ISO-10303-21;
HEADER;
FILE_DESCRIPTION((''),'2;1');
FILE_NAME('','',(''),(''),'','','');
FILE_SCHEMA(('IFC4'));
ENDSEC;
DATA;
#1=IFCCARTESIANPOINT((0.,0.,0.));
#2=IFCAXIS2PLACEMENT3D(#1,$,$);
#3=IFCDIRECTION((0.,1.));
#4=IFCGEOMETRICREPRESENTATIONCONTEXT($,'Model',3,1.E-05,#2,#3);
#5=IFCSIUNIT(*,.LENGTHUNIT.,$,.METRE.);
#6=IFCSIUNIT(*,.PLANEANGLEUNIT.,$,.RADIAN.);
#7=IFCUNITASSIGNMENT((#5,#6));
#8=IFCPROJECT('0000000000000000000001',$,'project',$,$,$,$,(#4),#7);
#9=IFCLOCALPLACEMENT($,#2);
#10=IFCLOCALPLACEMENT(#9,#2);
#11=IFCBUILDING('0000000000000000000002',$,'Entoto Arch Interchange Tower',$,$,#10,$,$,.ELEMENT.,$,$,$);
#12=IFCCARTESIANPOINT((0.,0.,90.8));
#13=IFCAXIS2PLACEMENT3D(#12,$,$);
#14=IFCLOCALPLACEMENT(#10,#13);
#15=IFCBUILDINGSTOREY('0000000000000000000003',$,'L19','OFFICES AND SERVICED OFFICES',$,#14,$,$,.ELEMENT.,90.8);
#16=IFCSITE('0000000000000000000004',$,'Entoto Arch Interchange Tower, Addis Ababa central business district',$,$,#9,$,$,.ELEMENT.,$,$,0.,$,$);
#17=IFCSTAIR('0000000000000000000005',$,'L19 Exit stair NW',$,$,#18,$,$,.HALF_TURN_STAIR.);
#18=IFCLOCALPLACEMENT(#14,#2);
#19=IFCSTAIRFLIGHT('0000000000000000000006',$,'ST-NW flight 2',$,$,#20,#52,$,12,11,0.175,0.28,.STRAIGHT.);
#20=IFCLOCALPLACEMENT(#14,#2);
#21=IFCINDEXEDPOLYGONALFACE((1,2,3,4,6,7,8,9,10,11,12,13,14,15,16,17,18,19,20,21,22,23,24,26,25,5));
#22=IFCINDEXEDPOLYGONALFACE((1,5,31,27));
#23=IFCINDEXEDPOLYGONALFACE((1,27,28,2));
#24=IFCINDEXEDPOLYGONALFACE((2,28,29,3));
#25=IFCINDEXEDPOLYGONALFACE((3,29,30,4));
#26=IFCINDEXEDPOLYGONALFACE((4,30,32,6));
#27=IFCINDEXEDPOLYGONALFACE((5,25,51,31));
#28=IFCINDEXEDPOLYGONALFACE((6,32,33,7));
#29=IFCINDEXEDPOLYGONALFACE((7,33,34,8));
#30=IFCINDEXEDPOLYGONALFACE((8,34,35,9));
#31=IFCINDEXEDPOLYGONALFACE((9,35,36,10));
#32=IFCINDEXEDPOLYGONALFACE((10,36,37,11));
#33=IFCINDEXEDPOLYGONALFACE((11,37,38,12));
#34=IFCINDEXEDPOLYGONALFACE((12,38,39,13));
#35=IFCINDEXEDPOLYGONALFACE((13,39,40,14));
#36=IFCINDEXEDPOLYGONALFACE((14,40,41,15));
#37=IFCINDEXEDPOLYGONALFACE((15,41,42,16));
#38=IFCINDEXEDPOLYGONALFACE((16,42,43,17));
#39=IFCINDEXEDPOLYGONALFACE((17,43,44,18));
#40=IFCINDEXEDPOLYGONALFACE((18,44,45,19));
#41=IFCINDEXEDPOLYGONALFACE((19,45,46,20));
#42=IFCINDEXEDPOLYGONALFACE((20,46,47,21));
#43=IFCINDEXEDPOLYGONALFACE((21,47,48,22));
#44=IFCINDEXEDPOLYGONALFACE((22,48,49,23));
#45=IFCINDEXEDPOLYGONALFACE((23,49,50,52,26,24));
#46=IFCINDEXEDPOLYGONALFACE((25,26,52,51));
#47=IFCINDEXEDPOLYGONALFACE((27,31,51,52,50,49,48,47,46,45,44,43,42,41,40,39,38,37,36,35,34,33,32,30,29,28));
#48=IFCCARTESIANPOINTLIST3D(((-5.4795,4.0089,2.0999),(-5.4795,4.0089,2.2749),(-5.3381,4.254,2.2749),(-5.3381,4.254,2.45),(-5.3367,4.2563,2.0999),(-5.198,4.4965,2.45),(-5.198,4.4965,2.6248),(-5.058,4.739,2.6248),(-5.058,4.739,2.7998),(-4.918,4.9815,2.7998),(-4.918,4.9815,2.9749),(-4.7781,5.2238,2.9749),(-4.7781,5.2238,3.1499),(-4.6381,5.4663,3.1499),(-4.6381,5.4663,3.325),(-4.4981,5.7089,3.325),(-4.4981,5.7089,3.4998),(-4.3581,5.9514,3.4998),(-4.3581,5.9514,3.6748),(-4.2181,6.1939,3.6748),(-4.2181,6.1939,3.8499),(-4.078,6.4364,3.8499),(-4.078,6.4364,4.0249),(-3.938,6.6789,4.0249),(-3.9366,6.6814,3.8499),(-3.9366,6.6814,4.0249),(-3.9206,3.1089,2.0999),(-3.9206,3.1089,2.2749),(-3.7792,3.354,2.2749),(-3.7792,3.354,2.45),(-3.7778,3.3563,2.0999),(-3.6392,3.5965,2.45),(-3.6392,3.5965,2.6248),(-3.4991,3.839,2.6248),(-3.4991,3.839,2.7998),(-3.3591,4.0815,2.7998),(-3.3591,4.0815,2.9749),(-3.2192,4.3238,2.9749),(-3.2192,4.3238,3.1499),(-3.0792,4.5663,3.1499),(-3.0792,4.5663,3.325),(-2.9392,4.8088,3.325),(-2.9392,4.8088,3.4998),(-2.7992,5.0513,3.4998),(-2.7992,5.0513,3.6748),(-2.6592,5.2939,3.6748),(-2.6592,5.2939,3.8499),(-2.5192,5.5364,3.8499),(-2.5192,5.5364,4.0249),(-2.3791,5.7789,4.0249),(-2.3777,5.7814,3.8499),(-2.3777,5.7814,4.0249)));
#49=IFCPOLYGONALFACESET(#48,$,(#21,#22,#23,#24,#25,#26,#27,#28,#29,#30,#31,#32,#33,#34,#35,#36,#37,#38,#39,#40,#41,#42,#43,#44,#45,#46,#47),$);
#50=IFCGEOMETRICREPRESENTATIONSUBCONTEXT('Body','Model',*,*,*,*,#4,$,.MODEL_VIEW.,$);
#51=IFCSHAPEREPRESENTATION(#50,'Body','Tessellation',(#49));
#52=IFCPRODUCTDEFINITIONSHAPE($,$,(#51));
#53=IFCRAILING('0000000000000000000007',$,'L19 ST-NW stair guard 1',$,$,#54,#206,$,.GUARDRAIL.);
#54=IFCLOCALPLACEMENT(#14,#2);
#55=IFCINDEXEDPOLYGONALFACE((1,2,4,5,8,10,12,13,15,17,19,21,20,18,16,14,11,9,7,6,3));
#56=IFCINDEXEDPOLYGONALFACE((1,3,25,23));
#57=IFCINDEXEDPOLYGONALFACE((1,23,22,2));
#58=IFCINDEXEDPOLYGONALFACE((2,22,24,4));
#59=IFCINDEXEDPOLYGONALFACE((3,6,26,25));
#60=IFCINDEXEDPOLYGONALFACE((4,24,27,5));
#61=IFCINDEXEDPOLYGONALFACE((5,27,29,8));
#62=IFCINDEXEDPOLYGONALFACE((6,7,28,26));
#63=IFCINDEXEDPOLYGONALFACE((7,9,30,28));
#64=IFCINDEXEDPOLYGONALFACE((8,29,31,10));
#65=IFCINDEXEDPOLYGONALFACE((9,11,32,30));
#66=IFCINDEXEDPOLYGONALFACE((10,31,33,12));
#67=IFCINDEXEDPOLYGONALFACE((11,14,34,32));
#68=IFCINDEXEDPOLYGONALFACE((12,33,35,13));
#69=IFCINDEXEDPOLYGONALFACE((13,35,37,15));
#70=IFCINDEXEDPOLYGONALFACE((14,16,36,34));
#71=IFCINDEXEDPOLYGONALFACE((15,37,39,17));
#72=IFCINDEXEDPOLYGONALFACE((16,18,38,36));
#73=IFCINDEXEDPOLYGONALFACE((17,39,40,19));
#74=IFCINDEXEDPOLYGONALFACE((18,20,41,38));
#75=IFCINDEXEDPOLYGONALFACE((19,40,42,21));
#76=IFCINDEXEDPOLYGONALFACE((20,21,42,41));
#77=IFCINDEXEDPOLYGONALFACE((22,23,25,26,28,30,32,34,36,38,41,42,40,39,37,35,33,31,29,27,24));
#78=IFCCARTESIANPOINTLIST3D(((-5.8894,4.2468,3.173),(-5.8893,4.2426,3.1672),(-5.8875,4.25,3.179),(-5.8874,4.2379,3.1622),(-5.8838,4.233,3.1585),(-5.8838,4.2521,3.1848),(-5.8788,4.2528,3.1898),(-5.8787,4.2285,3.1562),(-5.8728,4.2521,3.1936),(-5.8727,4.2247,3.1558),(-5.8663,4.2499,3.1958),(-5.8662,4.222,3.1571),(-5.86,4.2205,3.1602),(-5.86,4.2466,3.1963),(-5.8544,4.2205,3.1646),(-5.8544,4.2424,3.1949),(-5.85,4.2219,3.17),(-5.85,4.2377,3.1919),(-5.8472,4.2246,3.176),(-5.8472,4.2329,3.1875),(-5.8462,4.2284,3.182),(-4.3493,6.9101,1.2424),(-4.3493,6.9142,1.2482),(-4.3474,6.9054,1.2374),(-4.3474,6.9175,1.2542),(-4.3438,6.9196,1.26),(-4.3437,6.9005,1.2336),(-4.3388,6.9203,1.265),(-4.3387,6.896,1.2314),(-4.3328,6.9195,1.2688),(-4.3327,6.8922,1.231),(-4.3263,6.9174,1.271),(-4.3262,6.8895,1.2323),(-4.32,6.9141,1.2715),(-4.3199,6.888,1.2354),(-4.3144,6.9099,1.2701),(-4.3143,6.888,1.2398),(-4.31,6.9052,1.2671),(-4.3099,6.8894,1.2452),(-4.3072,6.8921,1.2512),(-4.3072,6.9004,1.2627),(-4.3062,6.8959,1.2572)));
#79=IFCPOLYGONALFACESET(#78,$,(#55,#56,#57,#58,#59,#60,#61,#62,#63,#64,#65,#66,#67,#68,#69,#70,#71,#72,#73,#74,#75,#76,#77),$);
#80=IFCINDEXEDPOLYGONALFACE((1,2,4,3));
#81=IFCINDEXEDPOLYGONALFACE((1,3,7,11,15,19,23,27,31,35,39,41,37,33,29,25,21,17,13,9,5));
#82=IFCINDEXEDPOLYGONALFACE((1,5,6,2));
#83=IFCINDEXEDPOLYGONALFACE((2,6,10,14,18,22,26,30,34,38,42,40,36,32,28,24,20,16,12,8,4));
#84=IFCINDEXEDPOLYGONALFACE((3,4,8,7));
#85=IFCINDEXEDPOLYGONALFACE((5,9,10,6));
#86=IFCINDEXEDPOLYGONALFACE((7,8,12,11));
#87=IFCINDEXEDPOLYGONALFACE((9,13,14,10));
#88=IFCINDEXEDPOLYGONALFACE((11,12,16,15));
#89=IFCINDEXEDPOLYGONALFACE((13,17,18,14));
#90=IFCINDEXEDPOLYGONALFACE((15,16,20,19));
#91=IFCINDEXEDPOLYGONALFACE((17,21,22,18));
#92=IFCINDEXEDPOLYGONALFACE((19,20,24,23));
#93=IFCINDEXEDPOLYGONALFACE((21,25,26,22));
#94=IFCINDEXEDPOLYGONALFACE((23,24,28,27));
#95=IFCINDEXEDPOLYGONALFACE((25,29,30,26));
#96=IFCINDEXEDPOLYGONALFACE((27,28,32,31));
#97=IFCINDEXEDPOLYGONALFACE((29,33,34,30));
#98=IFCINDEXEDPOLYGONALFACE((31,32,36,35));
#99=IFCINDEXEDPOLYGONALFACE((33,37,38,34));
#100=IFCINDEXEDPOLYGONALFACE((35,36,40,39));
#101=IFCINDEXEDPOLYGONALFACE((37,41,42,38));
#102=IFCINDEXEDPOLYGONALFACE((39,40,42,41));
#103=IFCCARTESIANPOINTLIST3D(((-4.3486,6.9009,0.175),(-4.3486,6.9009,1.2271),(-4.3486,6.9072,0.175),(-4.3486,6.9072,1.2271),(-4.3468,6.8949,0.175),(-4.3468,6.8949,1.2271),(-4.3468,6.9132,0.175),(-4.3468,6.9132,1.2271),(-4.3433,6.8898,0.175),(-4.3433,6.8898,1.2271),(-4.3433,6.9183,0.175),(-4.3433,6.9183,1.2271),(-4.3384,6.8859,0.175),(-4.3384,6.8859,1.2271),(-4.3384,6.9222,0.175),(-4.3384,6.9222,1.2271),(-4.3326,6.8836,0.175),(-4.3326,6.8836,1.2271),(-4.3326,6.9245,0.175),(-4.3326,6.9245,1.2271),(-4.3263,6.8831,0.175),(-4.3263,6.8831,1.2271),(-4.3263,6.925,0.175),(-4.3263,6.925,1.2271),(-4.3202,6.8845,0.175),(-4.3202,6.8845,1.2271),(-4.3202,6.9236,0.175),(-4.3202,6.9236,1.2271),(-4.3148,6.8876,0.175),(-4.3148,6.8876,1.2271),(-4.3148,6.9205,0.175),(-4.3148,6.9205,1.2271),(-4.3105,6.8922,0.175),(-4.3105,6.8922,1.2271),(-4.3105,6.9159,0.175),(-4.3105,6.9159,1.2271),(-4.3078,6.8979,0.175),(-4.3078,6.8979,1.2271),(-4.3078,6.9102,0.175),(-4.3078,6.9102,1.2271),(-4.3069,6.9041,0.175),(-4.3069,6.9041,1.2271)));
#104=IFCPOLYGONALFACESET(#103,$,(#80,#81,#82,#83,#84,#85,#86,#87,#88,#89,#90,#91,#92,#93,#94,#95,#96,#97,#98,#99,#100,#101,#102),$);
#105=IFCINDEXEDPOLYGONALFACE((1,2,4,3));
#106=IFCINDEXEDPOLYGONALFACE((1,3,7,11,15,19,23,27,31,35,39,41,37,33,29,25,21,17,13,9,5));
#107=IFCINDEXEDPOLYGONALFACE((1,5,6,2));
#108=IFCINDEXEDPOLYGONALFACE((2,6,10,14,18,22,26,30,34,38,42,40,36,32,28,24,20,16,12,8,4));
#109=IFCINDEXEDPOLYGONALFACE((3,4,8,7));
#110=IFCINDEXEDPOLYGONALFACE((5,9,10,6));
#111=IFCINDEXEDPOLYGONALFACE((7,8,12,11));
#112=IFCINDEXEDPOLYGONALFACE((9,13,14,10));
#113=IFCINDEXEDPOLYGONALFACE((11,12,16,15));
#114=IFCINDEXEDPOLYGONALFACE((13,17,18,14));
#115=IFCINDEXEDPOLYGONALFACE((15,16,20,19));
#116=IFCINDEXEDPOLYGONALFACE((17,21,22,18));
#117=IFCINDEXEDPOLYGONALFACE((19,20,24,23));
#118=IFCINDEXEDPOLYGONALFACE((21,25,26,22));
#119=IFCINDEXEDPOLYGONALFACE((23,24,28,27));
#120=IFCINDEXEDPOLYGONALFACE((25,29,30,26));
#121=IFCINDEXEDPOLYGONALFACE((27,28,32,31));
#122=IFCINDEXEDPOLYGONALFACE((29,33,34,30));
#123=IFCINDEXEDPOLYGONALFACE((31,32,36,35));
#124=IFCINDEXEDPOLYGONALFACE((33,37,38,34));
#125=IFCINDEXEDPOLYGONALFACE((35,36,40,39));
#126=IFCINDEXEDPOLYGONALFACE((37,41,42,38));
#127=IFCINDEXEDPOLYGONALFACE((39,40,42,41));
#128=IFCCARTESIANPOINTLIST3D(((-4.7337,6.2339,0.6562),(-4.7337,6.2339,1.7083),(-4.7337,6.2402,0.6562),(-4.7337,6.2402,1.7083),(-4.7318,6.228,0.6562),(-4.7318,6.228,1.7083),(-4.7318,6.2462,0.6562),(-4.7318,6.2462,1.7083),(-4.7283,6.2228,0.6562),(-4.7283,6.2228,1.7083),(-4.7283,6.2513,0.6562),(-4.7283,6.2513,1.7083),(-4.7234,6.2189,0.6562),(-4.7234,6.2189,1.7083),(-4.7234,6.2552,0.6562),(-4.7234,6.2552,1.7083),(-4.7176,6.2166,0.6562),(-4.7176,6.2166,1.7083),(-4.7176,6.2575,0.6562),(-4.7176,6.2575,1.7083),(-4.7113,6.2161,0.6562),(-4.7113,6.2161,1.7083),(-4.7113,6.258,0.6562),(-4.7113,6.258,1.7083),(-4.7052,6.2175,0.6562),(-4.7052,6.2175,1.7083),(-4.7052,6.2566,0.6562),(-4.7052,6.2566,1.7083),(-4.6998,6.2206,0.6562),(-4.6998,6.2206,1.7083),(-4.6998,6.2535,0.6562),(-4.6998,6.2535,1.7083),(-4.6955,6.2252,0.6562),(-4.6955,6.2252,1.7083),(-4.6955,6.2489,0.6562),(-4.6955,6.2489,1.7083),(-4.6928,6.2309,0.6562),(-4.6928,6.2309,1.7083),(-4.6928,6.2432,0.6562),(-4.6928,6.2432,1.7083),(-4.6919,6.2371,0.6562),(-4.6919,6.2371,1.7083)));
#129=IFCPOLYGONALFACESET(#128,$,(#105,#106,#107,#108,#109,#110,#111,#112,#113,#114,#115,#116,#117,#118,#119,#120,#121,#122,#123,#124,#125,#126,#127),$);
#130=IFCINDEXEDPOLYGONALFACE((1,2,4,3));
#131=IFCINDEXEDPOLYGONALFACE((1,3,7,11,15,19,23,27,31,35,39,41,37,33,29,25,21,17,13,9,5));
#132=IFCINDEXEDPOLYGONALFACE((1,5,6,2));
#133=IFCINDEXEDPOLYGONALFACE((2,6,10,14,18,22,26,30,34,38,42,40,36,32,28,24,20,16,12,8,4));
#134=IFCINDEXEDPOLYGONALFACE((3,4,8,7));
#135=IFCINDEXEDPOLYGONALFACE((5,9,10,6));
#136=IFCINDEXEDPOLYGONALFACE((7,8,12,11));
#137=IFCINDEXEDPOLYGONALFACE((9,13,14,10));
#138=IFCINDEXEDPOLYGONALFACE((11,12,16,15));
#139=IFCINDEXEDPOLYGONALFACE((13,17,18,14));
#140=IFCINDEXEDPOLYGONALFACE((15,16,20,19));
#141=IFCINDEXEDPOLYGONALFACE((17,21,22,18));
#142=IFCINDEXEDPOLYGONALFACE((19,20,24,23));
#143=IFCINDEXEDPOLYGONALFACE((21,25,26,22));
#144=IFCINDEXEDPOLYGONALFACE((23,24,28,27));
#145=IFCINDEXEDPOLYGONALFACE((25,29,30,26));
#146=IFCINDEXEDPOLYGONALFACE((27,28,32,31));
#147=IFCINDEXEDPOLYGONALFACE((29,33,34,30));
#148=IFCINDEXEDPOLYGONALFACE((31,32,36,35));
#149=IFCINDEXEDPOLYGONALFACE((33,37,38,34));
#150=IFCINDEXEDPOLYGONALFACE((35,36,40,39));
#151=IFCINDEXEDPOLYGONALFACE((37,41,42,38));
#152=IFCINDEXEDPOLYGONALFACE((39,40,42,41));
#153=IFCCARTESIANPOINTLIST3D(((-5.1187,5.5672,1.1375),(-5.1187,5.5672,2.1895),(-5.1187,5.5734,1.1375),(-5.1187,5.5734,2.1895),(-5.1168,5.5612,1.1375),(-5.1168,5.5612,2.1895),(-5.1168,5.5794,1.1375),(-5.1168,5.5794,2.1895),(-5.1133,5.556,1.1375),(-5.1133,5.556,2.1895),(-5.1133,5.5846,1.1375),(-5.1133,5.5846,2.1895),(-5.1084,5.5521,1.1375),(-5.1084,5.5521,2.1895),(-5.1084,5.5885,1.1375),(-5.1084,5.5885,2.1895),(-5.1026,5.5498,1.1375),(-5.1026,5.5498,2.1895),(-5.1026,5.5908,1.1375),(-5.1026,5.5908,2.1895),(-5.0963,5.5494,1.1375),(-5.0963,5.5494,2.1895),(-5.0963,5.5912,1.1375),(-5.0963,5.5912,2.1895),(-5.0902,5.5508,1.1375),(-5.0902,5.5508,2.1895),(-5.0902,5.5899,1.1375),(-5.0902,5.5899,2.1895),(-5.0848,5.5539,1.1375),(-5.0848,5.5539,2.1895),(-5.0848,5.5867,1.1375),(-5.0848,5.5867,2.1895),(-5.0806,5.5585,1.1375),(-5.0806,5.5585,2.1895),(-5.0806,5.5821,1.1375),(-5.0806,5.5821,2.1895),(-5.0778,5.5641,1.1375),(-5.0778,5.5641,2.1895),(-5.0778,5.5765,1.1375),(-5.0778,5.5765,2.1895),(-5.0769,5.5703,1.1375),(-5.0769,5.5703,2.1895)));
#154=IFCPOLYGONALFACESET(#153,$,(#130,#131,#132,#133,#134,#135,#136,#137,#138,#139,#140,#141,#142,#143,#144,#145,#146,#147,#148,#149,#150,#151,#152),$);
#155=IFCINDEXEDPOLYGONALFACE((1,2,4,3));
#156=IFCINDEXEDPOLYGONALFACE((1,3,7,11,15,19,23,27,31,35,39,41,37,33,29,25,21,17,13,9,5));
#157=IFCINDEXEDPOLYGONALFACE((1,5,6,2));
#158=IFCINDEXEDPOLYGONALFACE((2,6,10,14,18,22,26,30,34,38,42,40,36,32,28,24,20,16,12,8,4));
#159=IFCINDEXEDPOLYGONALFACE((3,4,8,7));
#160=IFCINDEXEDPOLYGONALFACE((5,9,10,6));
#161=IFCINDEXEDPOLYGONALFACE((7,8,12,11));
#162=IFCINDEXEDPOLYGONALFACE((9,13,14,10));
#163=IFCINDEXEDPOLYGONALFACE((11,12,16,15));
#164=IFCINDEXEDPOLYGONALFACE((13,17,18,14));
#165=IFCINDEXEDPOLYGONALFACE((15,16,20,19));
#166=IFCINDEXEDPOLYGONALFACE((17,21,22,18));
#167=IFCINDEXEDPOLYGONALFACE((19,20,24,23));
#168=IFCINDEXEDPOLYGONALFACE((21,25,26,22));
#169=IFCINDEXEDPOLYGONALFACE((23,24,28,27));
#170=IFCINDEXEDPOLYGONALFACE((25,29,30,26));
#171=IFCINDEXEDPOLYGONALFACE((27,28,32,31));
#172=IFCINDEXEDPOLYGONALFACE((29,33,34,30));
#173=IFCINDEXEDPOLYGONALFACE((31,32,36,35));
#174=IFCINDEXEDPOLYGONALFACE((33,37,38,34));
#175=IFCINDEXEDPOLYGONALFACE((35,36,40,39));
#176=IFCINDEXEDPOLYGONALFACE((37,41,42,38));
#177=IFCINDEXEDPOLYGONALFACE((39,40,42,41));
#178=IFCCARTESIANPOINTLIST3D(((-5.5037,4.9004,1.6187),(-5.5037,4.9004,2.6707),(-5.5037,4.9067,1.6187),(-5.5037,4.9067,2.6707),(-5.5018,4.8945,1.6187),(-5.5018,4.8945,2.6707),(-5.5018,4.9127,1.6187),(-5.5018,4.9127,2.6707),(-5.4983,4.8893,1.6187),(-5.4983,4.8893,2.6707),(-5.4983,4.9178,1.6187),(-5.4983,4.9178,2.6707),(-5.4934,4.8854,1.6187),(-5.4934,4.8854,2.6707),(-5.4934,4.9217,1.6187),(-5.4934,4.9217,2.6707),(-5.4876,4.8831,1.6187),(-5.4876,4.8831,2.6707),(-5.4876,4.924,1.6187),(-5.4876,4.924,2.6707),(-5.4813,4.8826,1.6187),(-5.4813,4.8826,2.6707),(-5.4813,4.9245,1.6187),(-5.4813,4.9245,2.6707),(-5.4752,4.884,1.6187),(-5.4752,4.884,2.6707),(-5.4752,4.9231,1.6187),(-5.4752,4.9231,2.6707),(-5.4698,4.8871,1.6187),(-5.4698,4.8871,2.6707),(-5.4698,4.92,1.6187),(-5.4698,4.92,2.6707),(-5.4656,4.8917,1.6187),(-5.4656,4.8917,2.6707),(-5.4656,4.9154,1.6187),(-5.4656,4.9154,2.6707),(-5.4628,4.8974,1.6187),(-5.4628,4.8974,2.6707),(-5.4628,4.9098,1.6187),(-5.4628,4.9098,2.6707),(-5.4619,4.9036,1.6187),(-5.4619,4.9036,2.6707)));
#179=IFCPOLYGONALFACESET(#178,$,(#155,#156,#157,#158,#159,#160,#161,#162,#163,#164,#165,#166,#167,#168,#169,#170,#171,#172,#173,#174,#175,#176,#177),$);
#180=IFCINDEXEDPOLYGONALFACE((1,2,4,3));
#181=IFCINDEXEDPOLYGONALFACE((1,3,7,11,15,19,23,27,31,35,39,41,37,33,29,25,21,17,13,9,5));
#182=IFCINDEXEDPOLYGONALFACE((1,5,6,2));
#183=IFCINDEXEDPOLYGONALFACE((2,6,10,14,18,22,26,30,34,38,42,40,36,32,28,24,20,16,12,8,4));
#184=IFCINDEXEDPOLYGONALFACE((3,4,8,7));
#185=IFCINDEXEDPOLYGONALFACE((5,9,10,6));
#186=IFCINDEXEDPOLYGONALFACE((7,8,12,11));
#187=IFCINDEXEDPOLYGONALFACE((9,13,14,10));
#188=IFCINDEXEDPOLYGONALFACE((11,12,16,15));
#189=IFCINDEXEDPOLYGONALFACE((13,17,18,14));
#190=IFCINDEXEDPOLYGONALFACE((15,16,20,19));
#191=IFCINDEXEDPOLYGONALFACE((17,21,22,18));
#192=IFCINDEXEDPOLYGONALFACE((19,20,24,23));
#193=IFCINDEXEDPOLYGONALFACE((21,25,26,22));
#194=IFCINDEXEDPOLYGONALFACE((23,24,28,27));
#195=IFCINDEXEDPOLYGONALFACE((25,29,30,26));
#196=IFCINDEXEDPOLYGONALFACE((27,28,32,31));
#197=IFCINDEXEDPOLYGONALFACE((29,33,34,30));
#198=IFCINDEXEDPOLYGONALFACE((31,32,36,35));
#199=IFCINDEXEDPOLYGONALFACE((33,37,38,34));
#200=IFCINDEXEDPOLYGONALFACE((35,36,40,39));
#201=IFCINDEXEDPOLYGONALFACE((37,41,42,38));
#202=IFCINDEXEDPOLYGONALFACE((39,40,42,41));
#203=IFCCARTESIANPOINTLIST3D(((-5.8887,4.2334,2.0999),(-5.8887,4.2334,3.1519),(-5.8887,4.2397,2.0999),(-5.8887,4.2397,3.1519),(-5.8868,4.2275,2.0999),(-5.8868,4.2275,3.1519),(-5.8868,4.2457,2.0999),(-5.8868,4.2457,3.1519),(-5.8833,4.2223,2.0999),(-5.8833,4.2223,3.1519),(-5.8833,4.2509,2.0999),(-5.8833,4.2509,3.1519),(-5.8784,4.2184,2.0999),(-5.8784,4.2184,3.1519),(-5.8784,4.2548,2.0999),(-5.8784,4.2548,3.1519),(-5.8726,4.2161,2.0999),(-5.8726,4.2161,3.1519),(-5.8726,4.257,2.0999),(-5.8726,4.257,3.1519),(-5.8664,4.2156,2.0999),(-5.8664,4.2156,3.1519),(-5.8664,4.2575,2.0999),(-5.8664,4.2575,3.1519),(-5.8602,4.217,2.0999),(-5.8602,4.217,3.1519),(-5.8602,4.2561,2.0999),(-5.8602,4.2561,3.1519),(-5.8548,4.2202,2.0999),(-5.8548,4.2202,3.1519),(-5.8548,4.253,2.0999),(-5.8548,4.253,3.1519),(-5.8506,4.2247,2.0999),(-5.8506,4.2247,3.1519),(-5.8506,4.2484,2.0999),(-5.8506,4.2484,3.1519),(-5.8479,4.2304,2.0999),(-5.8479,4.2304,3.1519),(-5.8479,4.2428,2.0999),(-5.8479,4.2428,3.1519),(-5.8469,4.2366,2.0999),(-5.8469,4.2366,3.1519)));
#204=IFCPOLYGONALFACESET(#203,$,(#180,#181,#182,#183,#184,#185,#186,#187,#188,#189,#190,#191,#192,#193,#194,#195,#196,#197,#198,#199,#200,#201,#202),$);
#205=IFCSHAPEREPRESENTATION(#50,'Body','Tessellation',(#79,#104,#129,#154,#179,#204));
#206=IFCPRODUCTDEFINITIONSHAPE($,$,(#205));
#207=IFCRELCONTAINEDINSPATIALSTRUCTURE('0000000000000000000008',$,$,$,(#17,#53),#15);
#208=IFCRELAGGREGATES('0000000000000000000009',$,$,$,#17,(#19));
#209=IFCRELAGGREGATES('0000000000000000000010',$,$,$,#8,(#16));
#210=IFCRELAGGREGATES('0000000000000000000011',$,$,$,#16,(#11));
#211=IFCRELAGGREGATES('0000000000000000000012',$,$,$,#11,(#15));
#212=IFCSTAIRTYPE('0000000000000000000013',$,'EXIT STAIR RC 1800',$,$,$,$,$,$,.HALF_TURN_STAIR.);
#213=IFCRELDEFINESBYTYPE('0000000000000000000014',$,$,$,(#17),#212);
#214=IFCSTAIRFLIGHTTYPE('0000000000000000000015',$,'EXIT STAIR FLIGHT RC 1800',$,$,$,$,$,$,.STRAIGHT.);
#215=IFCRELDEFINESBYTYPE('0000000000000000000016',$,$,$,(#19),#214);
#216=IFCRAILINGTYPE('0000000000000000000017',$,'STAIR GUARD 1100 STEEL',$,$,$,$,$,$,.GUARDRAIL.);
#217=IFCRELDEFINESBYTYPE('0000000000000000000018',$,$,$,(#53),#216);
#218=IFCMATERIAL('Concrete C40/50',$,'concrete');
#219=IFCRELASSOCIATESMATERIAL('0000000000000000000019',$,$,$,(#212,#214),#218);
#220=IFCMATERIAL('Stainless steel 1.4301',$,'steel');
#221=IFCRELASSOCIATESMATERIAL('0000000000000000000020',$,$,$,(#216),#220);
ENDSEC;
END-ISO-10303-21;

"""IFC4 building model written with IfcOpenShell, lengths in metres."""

from ifc_helpers import new_model, si_unit, direction, frame, origin, origin_2d, place, context, subcontext, project, spatial, polyline, circle, outline, extrude, material, type_object, element, aggregate, save


model = new_model("IFC4")

# Units and contexts
model_context = context("Model", 3, precision=1e-05, world=origin(), true_north=direction((0.0, 1.0)))
body_context = subcontext(model_context, "Body", "Model", "MODEL_VIEW")
ifc_project = project(units=[si_unit("LENGTHUNIT", "METRE"), si_unit("PLANEANGLEUNIT", "RADIAN")], contexts=[model_context])

# Site, building, storey
site_placement = place(None, origin())
site = spatial("IfcSite", under=ifc_project, at=site_placement, Name="Entoto Arch Interchange Tower, Addis Ababa central business district", CompositionType="ELEMENT", RefElevation=0.0)
building_placement = place(site_placement, origin())
building = spatial("IfcBuilding", under=site, at=building_placement, Name="Entoto Arch Interchange Tower", CompositionType="ELEMENT")
storey_placement = place(building_placement, frame((0.0, 0.0, 90.8)))
storey = spatial("IfcBuildingStorey", under=building, at=storey_placement, Name="L19", Description="OFFICES AND SERVICED OFFICES", CompositionType="ELEMENT", Elevation=90.8)

# Shared definitions
ifc_material_1 = material(Name="Concrete C40/50", Category="concrete")

# Stair, stair flight
stair_type = type_object("IfcStairType", Name="EXIT STAIR RC 1800", PredefinedType="HALF_TURN_STAIR", material=ifc_material_1)
stair_placement = place(storey_placement, origin())
stair = element("IfcStair", 1, at=stair_placement, inside=storey, type_object=stair_type, Name="L19 Exit stair NW", PredefinedType="HALF_TURN_STAIR")
stair_flight_type = type_object("IfcStairFlightType", Name="EXIT STAIR FLIGHT RC 1800", PredefinedType="STRAIGHT", material=ifc_material_1)
stair_flight_placement = place(storey_placement, frame((-4.6987, 3.5615, 2.0999), z_axis=(0.0, 0.0, 1.0), x_axis=(0.5, 0.866025, 0.0)))
stair_flight = element("IfcStairFlight", 2, at=stair_flight_placement, type_object=stair_flight_type, Name="ST-NW flight 2", NumberOfRisers=12, NumberOfTreads=11, PredefinedType="STRAIGHT", RiserHeight=0.175, TreadLength=0.28, context=body_context, shape_type="SweptSolid", body=[
    extrude(outline(polyline([(-0.0029, 0.0), (-0.0029, 0.175), (0.28, 0.175), (0.28, 0.3501), (0.5601, 0.3501), (0.5601, 0.5249), (0.8401, 0.5249), (0.8401, 0.7), (1.1201, 0.7), (1.1201, 0.875), (1.3999, 0.875), (1.3999, 1.05), (1.6799, 1.05), (1.6799, 1.2251), (1.96, 1.2251), (1.96, 1.3999), (2.24, 1.3999), (2.24, 1.575), (2.52, 1.575), (2.52, 1.75), (2.8, 1.75), (2.8, 1.925), (3.0801, 1.925), (3.083, 1.925), (3.083, 1.75), (0.2827, 0.0), (-0.0029, 0.0)])), frame((0.0, 0.8999, 0.0), z_axis=(0.0, -1.0, 0.0), x_axis=(1.0, 0.0, 0.0)), (0.0, 0.0, 1.0), 1.8),
])
aggregate(stair, [stair_flight])

# Railing
ifc_material_2 = material(Name="Stainless steel 1.4301", Category="steel")
railing_type_1 = type_object("IfcRailingType", Name="STAIR GUARD 1100 STEEL", PredefinedType="GUARDRAIL", material=ifc_material_2)
railing_1_placement = place(storey_placement, frame((-4.3279, 6.9041, 0.175)))
element("IfcRailing", 3, at=railing_1_placement, inside=storey, type_object=railing_type_1, Name="L19 ST-NW stair guard 1", PredefinedType="GUARDRAIL", context=body_context, shape_type="SweptSolid", body=[
    extrude(circle(Radius=0.0239, at=origin_2d()), frame((0.0, 0.0, 1.0762), z_axis=(-0.42401, -0.734421, 0.529945), x_axis=(0.86603, -0.499992, 0.0)), (0.0, 0.0, 1.0), 3.6321),
    extrude(circle(Radius=0.021, at=origin_2d()), origin(), (0.0, 0.0, 1.0), 1.052),
    extrude(circle(Radius=0.021, at=origin_2d()), frame((-0.385, -0.667, 0.4812)), (0.0, 0.0, 1.0), 1.052),
    extrude(circle(Radius=0.021, at=origin_2d()), frame((-0.77, -1.3337, 0.9624)), (0.0, 0.0, 1.0), 1.052),
    extrude(circle(Radius=0.021, at=origin_2d()), frame((-1.155, -2.0005, 1.4436)), (0.0, 0.0, 1.0), 1.052),
    extrude(circle(Radius=0.021, at=origin_2d()), frame((-1.54, -2.6675, 1.9248)), (0.0, 0.0, 1.0), 1.052),
])

save(model, "model.ifc")
